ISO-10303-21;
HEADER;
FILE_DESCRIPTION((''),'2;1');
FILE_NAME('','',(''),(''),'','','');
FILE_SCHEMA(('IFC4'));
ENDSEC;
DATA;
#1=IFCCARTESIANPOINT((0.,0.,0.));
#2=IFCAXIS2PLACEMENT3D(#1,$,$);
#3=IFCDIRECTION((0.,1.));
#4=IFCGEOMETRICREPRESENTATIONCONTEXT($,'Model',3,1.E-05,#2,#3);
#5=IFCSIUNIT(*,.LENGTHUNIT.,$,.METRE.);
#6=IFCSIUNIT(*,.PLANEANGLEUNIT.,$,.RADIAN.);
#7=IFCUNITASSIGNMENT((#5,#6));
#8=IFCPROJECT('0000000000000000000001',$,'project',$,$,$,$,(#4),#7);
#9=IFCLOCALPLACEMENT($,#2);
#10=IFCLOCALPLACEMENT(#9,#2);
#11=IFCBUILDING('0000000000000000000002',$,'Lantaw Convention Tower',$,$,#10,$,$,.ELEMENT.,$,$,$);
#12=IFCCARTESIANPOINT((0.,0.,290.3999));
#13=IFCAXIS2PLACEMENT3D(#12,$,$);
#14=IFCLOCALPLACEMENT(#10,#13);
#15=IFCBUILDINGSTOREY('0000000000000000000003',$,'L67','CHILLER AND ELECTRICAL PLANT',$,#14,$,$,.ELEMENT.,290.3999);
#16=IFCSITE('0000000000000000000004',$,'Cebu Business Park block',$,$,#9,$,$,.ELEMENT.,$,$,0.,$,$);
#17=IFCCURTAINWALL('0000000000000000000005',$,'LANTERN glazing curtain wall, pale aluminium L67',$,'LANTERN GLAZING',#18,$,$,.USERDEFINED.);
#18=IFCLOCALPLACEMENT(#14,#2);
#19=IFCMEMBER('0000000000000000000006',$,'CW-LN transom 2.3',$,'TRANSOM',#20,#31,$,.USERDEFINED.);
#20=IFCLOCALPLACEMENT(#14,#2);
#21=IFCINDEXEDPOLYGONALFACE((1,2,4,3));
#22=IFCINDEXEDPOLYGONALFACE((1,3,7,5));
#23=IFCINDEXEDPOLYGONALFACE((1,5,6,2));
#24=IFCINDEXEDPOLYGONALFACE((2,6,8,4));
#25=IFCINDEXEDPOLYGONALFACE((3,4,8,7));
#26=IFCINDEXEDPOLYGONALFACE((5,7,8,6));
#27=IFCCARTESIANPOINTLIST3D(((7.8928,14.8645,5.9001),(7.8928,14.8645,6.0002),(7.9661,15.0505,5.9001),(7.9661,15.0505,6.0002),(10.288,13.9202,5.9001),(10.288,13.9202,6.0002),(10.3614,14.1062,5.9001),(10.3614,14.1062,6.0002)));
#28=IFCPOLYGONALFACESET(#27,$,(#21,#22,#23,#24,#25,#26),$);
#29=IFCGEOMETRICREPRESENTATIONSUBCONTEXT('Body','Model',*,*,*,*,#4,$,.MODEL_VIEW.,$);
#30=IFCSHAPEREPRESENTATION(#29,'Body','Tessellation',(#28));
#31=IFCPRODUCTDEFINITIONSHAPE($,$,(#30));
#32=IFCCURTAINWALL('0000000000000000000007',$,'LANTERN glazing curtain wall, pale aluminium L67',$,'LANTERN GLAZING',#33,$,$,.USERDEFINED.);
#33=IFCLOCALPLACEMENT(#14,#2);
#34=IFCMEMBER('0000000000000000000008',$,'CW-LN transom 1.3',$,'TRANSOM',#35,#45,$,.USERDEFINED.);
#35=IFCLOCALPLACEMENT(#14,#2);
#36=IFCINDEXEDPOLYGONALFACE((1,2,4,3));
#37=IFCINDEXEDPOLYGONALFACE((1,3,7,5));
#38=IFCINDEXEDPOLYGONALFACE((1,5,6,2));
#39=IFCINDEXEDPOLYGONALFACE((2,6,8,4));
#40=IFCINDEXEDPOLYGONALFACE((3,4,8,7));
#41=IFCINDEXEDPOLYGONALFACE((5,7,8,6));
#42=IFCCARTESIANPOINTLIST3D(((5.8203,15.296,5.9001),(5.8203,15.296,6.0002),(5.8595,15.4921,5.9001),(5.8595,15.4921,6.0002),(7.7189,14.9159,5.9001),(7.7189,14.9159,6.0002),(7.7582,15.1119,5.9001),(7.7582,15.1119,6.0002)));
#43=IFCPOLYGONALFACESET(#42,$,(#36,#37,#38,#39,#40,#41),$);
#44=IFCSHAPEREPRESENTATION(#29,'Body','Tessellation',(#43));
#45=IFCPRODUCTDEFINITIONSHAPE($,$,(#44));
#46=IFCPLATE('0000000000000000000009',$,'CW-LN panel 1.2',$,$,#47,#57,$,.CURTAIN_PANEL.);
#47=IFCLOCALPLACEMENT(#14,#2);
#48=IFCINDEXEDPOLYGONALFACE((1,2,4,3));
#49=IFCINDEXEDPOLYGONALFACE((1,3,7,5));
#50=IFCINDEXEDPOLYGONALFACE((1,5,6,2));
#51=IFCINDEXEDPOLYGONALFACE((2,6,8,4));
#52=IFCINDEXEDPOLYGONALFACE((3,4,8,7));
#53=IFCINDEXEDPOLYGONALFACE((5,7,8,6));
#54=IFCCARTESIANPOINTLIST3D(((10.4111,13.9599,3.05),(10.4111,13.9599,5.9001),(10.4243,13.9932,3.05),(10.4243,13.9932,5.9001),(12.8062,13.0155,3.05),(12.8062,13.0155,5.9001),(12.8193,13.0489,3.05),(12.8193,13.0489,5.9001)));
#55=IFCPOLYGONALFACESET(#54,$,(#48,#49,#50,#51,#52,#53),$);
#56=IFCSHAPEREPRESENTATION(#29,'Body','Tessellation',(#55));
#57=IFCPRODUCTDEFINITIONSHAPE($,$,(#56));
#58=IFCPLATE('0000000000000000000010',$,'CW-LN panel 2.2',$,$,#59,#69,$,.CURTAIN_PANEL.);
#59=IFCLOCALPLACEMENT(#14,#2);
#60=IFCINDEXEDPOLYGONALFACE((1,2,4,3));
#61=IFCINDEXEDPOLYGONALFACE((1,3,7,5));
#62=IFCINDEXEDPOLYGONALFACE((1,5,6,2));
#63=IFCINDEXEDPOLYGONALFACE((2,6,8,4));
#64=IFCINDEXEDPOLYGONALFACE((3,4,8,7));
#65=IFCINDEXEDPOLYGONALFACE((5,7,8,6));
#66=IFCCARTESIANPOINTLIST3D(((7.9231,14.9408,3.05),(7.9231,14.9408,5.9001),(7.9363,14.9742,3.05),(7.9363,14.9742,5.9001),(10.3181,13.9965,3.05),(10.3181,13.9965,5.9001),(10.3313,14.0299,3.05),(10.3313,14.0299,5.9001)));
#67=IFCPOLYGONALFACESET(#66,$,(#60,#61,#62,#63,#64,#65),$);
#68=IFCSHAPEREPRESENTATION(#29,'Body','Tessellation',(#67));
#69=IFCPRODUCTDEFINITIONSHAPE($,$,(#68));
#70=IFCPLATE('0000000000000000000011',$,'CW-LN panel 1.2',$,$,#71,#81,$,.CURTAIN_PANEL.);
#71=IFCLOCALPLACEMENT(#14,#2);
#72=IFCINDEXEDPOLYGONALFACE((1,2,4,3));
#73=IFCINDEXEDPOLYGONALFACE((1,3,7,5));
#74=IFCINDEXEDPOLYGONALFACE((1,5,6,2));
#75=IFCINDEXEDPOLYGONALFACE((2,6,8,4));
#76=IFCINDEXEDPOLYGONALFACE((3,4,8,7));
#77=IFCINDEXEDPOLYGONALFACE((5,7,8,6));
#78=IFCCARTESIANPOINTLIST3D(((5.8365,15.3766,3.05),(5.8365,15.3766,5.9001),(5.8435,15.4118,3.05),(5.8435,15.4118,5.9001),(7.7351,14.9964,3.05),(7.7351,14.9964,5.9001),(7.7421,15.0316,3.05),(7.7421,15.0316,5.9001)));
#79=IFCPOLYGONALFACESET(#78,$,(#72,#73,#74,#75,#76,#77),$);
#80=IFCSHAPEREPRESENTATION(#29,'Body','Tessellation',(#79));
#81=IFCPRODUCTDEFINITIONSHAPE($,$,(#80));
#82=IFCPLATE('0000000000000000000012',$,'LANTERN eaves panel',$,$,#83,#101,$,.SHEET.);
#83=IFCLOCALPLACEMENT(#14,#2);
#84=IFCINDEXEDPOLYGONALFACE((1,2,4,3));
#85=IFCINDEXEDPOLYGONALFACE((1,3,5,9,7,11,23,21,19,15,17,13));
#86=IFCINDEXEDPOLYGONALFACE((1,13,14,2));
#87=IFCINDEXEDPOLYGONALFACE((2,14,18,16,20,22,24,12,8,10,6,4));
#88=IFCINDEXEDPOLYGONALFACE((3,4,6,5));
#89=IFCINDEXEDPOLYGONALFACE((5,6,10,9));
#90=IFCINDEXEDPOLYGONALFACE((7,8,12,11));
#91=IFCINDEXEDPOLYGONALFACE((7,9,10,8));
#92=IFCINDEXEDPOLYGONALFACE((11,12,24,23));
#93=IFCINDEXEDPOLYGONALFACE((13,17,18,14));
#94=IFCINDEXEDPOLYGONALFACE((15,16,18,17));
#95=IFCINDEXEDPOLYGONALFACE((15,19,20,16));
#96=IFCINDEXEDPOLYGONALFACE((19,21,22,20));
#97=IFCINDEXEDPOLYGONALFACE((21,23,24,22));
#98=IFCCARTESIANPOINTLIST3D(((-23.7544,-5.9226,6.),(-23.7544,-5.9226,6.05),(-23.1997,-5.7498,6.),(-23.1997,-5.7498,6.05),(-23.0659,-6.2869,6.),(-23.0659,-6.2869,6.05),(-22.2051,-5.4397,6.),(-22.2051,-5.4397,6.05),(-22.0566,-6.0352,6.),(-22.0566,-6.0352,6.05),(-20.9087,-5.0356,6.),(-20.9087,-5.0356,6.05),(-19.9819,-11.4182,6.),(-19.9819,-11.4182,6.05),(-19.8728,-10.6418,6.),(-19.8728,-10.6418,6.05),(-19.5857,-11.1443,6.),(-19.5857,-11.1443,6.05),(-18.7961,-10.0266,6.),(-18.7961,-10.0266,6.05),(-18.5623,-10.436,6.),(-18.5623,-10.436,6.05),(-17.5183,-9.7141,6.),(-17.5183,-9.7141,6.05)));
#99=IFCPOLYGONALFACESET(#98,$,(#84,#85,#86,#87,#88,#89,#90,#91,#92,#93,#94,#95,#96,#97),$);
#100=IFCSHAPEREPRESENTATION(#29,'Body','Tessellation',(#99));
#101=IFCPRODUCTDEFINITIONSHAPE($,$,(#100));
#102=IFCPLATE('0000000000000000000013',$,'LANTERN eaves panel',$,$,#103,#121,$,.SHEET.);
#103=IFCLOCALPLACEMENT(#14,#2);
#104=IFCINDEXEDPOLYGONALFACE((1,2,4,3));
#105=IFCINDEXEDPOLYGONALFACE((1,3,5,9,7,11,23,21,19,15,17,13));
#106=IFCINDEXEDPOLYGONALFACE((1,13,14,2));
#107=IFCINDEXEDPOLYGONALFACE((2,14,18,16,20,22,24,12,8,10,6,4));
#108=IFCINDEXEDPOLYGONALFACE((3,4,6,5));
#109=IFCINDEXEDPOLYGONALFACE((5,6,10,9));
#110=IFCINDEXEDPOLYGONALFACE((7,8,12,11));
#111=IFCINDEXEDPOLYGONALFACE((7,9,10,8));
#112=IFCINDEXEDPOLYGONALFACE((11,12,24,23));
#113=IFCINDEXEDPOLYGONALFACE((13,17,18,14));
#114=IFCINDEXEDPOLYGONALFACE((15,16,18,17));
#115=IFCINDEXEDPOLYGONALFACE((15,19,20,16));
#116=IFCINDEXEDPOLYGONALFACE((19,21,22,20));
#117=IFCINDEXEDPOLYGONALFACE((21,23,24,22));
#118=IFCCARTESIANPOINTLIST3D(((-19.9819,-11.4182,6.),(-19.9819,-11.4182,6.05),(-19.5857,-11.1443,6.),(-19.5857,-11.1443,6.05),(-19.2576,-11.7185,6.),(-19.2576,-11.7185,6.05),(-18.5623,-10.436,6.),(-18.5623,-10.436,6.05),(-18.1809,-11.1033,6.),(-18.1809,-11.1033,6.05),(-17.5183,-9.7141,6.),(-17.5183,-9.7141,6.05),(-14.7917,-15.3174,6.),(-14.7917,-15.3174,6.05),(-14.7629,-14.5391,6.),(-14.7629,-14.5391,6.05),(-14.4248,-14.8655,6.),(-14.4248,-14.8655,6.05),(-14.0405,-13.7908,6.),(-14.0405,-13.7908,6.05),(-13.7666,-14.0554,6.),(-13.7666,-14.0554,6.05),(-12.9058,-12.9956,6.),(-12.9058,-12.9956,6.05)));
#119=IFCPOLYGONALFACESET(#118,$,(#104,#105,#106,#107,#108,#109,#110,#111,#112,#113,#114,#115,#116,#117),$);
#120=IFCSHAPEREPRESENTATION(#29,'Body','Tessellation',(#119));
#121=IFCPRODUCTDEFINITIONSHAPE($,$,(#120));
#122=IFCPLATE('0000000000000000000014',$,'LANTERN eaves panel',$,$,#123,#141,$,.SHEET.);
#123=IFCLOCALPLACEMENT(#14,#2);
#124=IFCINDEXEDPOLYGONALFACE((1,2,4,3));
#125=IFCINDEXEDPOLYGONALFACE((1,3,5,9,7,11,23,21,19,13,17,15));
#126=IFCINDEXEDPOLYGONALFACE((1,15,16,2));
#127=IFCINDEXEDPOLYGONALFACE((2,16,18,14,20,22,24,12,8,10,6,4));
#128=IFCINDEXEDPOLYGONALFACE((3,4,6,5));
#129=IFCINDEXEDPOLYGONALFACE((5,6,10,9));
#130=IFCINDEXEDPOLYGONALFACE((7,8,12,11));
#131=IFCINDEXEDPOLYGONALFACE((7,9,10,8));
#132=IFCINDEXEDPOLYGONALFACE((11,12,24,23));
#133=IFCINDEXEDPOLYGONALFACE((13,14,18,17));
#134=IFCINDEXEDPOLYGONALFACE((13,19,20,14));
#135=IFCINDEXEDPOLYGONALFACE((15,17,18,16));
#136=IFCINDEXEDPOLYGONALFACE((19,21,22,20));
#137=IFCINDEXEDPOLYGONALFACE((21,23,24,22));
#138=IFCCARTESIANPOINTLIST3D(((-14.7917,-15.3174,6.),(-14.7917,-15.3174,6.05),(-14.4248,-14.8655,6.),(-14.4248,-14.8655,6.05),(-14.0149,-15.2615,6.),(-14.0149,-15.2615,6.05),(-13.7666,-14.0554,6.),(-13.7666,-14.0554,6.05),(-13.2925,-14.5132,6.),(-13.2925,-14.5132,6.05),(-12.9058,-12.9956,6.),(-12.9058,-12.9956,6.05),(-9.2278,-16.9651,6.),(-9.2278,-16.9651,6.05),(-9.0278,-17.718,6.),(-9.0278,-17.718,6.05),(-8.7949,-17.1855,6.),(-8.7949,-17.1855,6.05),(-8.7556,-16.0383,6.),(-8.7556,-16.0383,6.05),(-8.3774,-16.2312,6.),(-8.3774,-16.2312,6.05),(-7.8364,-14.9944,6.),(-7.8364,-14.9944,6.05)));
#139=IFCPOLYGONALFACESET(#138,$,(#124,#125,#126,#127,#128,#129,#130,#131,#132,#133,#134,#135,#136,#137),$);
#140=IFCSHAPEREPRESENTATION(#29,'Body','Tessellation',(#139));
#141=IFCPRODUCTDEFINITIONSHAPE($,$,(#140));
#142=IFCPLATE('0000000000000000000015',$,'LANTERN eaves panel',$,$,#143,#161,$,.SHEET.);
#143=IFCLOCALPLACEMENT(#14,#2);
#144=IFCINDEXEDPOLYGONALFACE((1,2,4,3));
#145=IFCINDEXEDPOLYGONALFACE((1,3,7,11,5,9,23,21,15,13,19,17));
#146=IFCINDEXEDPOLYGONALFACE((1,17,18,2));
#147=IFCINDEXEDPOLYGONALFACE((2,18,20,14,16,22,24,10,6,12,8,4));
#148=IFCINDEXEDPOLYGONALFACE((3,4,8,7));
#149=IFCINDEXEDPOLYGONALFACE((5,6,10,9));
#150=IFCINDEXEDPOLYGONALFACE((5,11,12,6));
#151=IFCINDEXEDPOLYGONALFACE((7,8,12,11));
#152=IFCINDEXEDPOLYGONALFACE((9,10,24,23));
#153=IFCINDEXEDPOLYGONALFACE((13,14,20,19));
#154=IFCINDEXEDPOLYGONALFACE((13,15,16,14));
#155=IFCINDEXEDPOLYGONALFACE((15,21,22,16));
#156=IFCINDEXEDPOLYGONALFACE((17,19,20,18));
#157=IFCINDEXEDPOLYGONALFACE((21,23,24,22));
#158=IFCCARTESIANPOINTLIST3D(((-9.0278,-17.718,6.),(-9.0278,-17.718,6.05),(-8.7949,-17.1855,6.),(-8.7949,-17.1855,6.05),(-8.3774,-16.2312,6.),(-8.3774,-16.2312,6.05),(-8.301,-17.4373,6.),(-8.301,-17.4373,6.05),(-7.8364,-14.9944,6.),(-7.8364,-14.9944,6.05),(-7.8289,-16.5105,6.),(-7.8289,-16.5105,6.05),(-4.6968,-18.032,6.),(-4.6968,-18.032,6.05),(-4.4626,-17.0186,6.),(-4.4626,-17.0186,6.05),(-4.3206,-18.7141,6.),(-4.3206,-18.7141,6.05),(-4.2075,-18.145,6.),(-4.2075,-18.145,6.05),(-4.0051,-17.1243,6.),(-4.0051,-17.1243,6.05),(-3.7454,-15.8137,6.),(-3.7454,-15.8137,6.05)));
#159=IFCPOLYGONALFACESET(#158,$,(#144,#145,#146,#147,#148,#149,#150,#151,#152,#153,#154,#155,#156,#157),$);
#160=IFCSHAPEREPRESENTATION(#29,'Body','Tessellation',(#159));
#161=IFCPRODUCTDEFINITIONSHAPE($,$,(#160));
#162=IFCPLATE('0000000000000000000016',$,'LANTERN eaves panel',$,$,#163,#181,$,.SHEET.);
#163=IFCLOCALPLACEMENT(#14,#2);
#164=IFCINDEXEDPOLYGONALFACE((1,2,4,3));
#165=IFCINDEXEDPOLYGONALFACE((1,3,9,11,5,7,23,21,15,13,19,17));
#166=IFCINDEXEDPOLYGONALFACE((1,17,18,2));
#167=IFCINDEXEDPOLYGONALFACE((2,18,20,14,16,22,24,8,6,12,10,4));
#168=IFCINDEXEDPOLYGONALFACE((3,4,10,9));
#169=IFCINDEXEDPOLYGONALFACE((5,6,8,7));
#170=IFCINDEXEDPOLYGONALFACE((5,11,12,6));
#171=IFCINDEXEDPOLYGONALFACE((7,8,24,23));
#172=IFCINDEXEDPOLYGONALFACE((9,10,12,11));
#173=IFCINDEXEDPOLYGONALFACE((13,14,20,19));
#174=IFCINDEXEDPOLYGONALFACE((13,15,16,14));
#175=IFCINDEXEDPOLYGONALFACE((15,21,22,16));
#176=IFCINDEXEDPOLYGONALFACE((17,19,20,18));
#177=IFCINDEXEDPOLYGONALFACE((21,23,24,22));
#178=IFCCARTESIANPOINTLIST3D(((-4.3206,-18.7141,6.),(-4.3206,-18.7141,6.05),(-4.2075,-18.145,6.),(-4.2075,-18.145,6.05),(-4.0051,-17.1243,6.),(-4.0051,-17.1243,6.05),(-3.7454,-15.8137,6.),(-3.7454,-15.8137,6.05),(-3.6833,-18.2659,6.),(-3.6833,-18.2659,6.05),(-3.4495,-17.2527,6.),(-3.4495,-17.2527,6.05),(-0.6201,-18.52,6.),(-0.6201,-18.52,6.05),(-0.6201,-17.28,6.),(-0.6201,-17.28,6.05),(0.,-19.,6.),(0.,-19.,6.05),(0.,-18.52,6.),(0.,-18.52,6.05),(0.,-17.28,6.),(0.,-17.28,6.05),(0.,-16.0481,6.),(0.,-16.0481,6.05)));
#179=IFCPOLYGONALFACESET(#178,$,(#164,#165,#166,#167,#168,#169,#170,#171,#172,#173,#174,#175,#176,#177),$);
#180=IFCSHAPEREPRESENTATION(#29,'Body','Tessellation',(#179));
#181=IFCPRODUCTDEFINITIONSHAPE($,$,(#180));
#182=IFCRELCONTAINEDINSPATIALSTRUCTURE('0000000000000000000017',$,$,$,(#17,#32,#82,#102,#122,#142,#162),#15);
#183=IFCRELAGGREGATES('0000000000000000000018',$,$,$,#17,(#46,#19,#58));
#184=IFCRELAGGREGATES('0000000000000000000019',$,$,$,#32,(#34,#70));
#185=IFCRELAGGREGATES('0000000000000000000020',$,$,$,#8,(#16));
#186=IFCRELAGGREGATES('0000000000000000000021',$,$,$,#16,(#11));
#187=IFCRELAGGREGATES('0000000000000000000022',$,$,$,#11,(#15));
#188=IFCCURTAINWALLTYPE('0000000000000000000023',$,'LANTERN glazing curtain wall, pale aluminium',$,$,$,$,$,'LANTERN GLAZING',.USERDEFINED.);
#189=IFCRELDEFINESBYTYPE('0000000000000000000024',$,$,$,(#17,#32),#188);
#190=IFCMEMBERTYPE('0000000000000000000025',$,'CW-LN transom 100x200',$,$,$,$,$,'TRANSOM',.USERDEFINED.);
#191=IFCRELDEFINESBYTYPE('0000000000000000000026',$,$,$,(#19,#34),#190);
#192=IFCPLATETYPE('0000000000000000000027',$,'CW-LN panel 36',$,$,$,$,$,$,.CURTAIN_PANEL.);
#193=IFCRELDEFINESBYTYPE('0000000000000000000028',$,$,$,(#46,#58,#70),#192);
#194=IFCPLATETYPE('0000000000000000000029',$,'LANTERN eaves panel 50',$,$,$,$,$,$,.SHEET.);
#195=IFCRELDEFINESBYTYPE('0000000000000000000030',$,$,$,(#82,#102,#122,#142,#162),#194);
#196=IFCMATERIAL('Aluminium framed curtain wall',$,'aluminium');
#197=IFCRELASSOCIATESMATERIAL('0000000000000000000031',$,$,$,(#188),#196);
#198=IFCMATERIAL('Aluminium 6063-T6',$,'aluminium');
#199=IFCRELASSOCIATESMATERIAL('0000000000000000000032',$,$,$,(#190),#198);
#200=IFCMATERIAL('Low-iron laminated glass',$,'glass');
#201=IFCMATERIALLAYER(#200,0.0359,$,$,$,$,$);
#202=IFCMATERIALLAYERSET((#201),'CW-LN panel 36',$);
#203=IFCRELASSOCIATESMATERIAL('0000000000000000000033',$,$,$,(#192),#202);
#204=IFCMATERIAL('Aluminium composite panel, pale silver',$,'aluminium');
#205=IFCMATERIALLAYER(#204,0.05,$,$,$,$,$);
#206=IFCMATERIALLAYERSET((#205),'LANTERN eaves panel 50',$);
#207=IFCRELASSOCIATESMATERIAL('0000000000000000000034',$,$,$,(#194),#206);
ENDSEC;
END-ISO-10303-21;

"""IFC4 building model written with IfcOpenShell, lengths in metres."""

from ifc_helpers import new_model, si_unit, direction, frame, origin, origin_2d, place, context, subcontext, project, spatial, polyline, rectangle, outline, extrude, material, layer, layer_set, material_profile, profile_set, type_object, element, aggregate, save


model = new_model("IFC4")

# Units and contexts
model_context = context("Model", 3, precision=1e-05, world=origin(), true_north=direction((0.0, 1.0)))
body_context = subcontext(model_context, "Body", "Model", "MODEL_VIEW")
ifc_project = project(units=[si_unit("LENGTHUNIT", "METRE"), si_unit("PLANEANGLEUNIT", "RADIAN")], contexts=[model_context])

# Site, building, storey
site_placement = place(None, origin())
site = spatial("IfcSite", under=ifc_project, at=site_placement, Name="Cebu Business Park block", CompositionType="ELEMENT", RefElevation=0.0)
building_placement = place(site_placement, origin())
building = spatial("IfcBuilding", under=site, at=building_placement, Name="Lantaw Convention Tower", CompositionType="ELEMENT")
storey_placement = place(building_placement, frame((0.0, 0.0, 290.3999)))
storey = spatial("IfcBuildingStorey", under=building, at=storey_placement, Name="L67", Description="CHILLER AND ELECTRICAL PLANT", CompositionType="ELEMENT", Elevation=290.3999)

# Curtain walls, members
ifc_material_1 = material(Name="Aluminium framed curtain wall", Category="aluminium")
curtain_wall_type = type_object("IfcCurtainWallType", Name="LANTERN glazing curtain wall, pale aluminium", ElementType="LANTERN GLAZING", PredefinedType="USERDEFINED", material=ifc_material_1)
curtain_wall_1_placement = place(storey_placement, origin())
curtain_wall_1 = element("IfcCurtainWall", 1, at=curtain_wall_1_placement, inside=storey, type_object=curtain_wall_type, Name="LANTERN glazing curtain wall, pale aluminium L67", ObjectType="LANTERN GLAZING", PredefinedType="USERDEFINED")
ifc_material_2 = material(Name="Aluminium 6063-T6", Category="aluminium")
ifc_material_profile = material_profile(ifc_material_2, rectangle(XDim=0.2, YDim=0.1001, at=origin_2d()), Name="CW-LN transom 100x200")
ifc_profile_set = profile_set([ifc_material_profile], Name="Aluminium 6063-T6")
member_type = type_object("IfcMemberType", Name="CW-LN transom 100x200", ElementType="TRANSOM", PredefinedType="USERDEFINED", material=ifc_profile_set)
member_1_placement = place(storey_placement, frame((10.3247, 14.0132, 5.9502), z_axis=(-0.930309, 0.366776, 0.0), x_axis=(-0.366776, -0.930309, 0.0)))
member_1 = element("IfcMember", 2, at=member_1_placement, type_object=member_type, Name="CW-LN transom 2.3", ObjectType="TRANSOM", PredefinedType="USERDEFINED", context=body_context, shape_type="SweptSolid", body=[
    extrude(rectangle(XDim=0.2, YDim=0.1001, at=origin_2d()), origin(), (0.0, 0.0, 1.0), 2.5747),
])
curtain_wall_2_placement = place(storey_placement, origin())
curtain_wall_2 = element("IfcCurtainWall", 3, at=curtain_wall_2_placement, inside=storey, type_object=curtain_wall_type, Name="LANTERN glazing curtain wall, pale aluminium L67", ObjectType="LANTERN GLAZING", PredefinedType="USERDEFINED")
member_2_placement = place(storey_placement, frame((7.7385, 15.0139, 5.9502), z_axis=(-0.980542, 0.19631, 0.0), x_axis=(-0.19631, -0.980542, 0.0)))
member_2 = element("IfcMember", 4, at=member_2_placement, type_object=member_type, Name="CW-LN transom 1.3", ObjectType="TRANSOM", PredefinedType="USERDEFINED", context=body_context, shape_type="SweptSolid", body=[
    extrude(rectangle(XDim=0.2, YDim=0.1001, at=origin_2d()), origin(), (0.0, 0.0, 1.0), 1.9363),
])

# Plates
ifc_material_3 = material(Name="Low-iron laminated glass", Category="glass")
ifc_layer_1 = layer(ifc_material_3, 0.0359)
ifc_layer_set_1 = layer_set([ifc_layer_1], Name="CW-LN panel 36")
plate_type_1 = type_object("IfcPlateType", Name="CW-LN panel 36", PredefinedType="CURTAIN_PANEL", material=ifc_layer_set_1)
plate_1_placement = place(storey_placement, frame((11.6152, 13.5044, 3.05), z_axis=(0.0, 0.0, 1.0), x_axis=(-0.930299, 0.366802, 0.0)))
plate_1 = element("IfcPlate", 5, at=plate_1_placement, type_object=plate_type_1, Name="CW-LN panel 1.2", PredefinedType="CURTAIN_PANEL", context=body_context, shape_type="SweptSolid", body=[
    extrude(rectangle(XDim=2.5745, YDim=0.0359, at=origin_2d()), origin(), (0.0, 0.0, 1.0), 2.8501),
])
plate_2_placement = place(storey_placement, frame((9.1272, 14.4854, 3.05), z_axis=(0.0, 0.0, 1.0), x_axis=(-0.930299, 0.366802, 0.0)))
plate_2 = element("IfcPlate", 6, at=plate_2_placement, type_object=plate_type_1, Name="CW-LN panel 2.2", PredefinedType="CURTAIN_PANEL", context=body_context, shape_type="SweptSolid", body=[
    extrude(rectangle(XDim=2.5745, YDim=0.0359, at=origin_2d()), origin(), (0.0, 0.0, 1.0), 2.8501),
])
aggregate(curtain_wall_1, [plate_1, member_1, plate_2])
plate_3_placement = place(storey_placement, frame((6.7893, 15.2041, 3.05), z_axis=(0.0, 0.0, 1.0), x_axis=(-0.98053, 0.196367, 0.0)))
plate_3 = element("IfcPlate", 7, at=plate_3_placement, type_object=plate_type_1, Name="CW-LN panel 1.2", PredefinedType="CURTAIN_PANEL", context=body_context, shape_type="SweptSolid", body=[
    extrude(rectangle(XDim=1.9363, YDim=0.0359, at=origin_2d()), origin(), (0.0, 0.0, 1.0), 2.8501),
])
aggregate(curtain_wall_2, [member_2, plate_3])

# Plates
ifc_material_4 = material(Name="Aluminium composite panel, pale silver", Category="aluminium")
ifc_layer_2 = layer(ifc_material_4, 0.05)
ifc_layer_set_2 = layer_set([ifc_layer_2], Name="LANTERN eaves panel 50")
plate_type_2 = type_object("IfcPlateType", Name="LANTERN eaves panel 50", PredefinedType="SHEET", material=ifc_layer_set_2)
plate_4_placement = place(storey_placement, frame((0.0, 0.0, 6.0)))
element("IfcPlate", 8, at=plate_4_placement, inside=storey, type_object=plate_type_2, Name="LANTERN eaves panel", PredefinedType="SHEET", context=body_context, shape_type="SweptSolid", body=[
    extrude(outline(polyline([(-20.9087, -5.0356), (-22.2051, -5.4397), (-22.0566, -6.0352), (-23.0659, -6.2869), (-23.1997, -5.7498), (-23.7544, -5.9226), (-19.9819, -11.4182), (-19.5857, -11.1443), (-19.8728, -10.6418), (-18.7961, -10.0266), (-18.5623, -10.436), (-17.5183, -9.7141), (-20.9087, -5.0356)])), origin(), (0.0, 0.0, 1.0), 0.05),
])
plate_5_placement = place(storey_placement, frame((0.0, 0.0, 6.0)))
element("IfcPlate", 9, at=plate_5_placement, inside=storey, type_object=plate_type_2, Name="LANTERN eaves panel", PredefinedType="SHEET", context=body_context, shape_type="SweptSolid", body=[
    extrude(outline(polyline([(-17.5183, -9.7141), (-18.5623, -10.436), (-18.1809, -11.1033), (-19.2576, -11.7185), (-19.5857, -11.1443), (-19.9819, -11.4182), (-14.7917, -15.3174), (-14.4248, -14.8655), (-14.7629, -14.5391), (-14.0405, -13.7908), (-13.7666, -14.0554), (-12.9058, -12.9956), (-17.5183, -9.7141)])), origin(), (0.0, 0.0, 1.0), 0.05),
])
plate_6_placement = place(storey_placement, frame((0.0, 0.0, 6.0)))
element("IfcPlate", 10, at=plate_6_placement, inside=storey, type_object=plate_type_2, Name="LANTERN eaves panel", PredefinedType="SHEET", context=body_context, shape_type="SweptSolid", body=[
    extrude(outline(polyline([(-12.9058, -12.9956), (-13.7666, -14.0554), (-13.2925, -14.5132), (-14.0149, -15.2615), (-14.4248, -14.8655), (-14.7917, -15.3174), (-9.0278, -17.718), (-8.7949, -17.1855), (-9.2278, -16.9651), (-8.7556, -16.0383), (-8.3774, -16.2312), (-7.8364, -14.9944), (-12.9058, -12.9956)])), origin(), (0.0, 0.0, 1.0), 0.05),
])
plate_7_placement = place(storey_placement, frame((0.0, 0.0, 6.0)))
element("IfcPlate", 11, at=plate_7_placement, inside=storey, type_object=plate_type_2, Name="LANTERN eaves panel", PredefinedType="SHEET", context=body_context, shape_type="SweptSolid", body=[
    extrude(outline(polyline([(-7.8364, -14.9944), (-8.3774, -16.2312), (-7.8289, -16.5105), (-8.301, -17.4373), (-8.7949, -17.1855), (-9.0278, -17.718), (-4.3206, -18.7141), (-4.2075, -18.145), (-4.6968, -18.032), (-4.4626, -17.0186), (-4.0051, -17.1243), (-3.7454, -15.8137), (-7.8364, -14.9944)])), origin(), (0.0, 0.0, 1.0), 0.05),
])
plate_8_placement = place(storey_placement, frame((0.0, 0.0, 6.0)))
element("IfcPlate", 12, at=plate_8_placement, inside=storey, type_object=plate_type_2, Name="LANTERN eaves panel", PredefinedType="SHEET", context=body_context, shape_type="SweptSolid", body=[
    extrude(outline(polyline([(-3.7454, -15.8137), (-4.0051, -17.1243), (-3.4495, -17.2527), (-3.6833, -18.2659), (-4.2075, -18.145), (-4.3206, -18.7141), (0.0, -19.0), (0.0, -18.52), (-0.6201, -18.52), (-0.6201, -17.28), (0.0, -17.28), (0.0, -16.0481), (-3.7454, -15.8137)])), origin(), (0.0, 0.0, 1.0), 0.05),
])

save(model, "model.ifc")
